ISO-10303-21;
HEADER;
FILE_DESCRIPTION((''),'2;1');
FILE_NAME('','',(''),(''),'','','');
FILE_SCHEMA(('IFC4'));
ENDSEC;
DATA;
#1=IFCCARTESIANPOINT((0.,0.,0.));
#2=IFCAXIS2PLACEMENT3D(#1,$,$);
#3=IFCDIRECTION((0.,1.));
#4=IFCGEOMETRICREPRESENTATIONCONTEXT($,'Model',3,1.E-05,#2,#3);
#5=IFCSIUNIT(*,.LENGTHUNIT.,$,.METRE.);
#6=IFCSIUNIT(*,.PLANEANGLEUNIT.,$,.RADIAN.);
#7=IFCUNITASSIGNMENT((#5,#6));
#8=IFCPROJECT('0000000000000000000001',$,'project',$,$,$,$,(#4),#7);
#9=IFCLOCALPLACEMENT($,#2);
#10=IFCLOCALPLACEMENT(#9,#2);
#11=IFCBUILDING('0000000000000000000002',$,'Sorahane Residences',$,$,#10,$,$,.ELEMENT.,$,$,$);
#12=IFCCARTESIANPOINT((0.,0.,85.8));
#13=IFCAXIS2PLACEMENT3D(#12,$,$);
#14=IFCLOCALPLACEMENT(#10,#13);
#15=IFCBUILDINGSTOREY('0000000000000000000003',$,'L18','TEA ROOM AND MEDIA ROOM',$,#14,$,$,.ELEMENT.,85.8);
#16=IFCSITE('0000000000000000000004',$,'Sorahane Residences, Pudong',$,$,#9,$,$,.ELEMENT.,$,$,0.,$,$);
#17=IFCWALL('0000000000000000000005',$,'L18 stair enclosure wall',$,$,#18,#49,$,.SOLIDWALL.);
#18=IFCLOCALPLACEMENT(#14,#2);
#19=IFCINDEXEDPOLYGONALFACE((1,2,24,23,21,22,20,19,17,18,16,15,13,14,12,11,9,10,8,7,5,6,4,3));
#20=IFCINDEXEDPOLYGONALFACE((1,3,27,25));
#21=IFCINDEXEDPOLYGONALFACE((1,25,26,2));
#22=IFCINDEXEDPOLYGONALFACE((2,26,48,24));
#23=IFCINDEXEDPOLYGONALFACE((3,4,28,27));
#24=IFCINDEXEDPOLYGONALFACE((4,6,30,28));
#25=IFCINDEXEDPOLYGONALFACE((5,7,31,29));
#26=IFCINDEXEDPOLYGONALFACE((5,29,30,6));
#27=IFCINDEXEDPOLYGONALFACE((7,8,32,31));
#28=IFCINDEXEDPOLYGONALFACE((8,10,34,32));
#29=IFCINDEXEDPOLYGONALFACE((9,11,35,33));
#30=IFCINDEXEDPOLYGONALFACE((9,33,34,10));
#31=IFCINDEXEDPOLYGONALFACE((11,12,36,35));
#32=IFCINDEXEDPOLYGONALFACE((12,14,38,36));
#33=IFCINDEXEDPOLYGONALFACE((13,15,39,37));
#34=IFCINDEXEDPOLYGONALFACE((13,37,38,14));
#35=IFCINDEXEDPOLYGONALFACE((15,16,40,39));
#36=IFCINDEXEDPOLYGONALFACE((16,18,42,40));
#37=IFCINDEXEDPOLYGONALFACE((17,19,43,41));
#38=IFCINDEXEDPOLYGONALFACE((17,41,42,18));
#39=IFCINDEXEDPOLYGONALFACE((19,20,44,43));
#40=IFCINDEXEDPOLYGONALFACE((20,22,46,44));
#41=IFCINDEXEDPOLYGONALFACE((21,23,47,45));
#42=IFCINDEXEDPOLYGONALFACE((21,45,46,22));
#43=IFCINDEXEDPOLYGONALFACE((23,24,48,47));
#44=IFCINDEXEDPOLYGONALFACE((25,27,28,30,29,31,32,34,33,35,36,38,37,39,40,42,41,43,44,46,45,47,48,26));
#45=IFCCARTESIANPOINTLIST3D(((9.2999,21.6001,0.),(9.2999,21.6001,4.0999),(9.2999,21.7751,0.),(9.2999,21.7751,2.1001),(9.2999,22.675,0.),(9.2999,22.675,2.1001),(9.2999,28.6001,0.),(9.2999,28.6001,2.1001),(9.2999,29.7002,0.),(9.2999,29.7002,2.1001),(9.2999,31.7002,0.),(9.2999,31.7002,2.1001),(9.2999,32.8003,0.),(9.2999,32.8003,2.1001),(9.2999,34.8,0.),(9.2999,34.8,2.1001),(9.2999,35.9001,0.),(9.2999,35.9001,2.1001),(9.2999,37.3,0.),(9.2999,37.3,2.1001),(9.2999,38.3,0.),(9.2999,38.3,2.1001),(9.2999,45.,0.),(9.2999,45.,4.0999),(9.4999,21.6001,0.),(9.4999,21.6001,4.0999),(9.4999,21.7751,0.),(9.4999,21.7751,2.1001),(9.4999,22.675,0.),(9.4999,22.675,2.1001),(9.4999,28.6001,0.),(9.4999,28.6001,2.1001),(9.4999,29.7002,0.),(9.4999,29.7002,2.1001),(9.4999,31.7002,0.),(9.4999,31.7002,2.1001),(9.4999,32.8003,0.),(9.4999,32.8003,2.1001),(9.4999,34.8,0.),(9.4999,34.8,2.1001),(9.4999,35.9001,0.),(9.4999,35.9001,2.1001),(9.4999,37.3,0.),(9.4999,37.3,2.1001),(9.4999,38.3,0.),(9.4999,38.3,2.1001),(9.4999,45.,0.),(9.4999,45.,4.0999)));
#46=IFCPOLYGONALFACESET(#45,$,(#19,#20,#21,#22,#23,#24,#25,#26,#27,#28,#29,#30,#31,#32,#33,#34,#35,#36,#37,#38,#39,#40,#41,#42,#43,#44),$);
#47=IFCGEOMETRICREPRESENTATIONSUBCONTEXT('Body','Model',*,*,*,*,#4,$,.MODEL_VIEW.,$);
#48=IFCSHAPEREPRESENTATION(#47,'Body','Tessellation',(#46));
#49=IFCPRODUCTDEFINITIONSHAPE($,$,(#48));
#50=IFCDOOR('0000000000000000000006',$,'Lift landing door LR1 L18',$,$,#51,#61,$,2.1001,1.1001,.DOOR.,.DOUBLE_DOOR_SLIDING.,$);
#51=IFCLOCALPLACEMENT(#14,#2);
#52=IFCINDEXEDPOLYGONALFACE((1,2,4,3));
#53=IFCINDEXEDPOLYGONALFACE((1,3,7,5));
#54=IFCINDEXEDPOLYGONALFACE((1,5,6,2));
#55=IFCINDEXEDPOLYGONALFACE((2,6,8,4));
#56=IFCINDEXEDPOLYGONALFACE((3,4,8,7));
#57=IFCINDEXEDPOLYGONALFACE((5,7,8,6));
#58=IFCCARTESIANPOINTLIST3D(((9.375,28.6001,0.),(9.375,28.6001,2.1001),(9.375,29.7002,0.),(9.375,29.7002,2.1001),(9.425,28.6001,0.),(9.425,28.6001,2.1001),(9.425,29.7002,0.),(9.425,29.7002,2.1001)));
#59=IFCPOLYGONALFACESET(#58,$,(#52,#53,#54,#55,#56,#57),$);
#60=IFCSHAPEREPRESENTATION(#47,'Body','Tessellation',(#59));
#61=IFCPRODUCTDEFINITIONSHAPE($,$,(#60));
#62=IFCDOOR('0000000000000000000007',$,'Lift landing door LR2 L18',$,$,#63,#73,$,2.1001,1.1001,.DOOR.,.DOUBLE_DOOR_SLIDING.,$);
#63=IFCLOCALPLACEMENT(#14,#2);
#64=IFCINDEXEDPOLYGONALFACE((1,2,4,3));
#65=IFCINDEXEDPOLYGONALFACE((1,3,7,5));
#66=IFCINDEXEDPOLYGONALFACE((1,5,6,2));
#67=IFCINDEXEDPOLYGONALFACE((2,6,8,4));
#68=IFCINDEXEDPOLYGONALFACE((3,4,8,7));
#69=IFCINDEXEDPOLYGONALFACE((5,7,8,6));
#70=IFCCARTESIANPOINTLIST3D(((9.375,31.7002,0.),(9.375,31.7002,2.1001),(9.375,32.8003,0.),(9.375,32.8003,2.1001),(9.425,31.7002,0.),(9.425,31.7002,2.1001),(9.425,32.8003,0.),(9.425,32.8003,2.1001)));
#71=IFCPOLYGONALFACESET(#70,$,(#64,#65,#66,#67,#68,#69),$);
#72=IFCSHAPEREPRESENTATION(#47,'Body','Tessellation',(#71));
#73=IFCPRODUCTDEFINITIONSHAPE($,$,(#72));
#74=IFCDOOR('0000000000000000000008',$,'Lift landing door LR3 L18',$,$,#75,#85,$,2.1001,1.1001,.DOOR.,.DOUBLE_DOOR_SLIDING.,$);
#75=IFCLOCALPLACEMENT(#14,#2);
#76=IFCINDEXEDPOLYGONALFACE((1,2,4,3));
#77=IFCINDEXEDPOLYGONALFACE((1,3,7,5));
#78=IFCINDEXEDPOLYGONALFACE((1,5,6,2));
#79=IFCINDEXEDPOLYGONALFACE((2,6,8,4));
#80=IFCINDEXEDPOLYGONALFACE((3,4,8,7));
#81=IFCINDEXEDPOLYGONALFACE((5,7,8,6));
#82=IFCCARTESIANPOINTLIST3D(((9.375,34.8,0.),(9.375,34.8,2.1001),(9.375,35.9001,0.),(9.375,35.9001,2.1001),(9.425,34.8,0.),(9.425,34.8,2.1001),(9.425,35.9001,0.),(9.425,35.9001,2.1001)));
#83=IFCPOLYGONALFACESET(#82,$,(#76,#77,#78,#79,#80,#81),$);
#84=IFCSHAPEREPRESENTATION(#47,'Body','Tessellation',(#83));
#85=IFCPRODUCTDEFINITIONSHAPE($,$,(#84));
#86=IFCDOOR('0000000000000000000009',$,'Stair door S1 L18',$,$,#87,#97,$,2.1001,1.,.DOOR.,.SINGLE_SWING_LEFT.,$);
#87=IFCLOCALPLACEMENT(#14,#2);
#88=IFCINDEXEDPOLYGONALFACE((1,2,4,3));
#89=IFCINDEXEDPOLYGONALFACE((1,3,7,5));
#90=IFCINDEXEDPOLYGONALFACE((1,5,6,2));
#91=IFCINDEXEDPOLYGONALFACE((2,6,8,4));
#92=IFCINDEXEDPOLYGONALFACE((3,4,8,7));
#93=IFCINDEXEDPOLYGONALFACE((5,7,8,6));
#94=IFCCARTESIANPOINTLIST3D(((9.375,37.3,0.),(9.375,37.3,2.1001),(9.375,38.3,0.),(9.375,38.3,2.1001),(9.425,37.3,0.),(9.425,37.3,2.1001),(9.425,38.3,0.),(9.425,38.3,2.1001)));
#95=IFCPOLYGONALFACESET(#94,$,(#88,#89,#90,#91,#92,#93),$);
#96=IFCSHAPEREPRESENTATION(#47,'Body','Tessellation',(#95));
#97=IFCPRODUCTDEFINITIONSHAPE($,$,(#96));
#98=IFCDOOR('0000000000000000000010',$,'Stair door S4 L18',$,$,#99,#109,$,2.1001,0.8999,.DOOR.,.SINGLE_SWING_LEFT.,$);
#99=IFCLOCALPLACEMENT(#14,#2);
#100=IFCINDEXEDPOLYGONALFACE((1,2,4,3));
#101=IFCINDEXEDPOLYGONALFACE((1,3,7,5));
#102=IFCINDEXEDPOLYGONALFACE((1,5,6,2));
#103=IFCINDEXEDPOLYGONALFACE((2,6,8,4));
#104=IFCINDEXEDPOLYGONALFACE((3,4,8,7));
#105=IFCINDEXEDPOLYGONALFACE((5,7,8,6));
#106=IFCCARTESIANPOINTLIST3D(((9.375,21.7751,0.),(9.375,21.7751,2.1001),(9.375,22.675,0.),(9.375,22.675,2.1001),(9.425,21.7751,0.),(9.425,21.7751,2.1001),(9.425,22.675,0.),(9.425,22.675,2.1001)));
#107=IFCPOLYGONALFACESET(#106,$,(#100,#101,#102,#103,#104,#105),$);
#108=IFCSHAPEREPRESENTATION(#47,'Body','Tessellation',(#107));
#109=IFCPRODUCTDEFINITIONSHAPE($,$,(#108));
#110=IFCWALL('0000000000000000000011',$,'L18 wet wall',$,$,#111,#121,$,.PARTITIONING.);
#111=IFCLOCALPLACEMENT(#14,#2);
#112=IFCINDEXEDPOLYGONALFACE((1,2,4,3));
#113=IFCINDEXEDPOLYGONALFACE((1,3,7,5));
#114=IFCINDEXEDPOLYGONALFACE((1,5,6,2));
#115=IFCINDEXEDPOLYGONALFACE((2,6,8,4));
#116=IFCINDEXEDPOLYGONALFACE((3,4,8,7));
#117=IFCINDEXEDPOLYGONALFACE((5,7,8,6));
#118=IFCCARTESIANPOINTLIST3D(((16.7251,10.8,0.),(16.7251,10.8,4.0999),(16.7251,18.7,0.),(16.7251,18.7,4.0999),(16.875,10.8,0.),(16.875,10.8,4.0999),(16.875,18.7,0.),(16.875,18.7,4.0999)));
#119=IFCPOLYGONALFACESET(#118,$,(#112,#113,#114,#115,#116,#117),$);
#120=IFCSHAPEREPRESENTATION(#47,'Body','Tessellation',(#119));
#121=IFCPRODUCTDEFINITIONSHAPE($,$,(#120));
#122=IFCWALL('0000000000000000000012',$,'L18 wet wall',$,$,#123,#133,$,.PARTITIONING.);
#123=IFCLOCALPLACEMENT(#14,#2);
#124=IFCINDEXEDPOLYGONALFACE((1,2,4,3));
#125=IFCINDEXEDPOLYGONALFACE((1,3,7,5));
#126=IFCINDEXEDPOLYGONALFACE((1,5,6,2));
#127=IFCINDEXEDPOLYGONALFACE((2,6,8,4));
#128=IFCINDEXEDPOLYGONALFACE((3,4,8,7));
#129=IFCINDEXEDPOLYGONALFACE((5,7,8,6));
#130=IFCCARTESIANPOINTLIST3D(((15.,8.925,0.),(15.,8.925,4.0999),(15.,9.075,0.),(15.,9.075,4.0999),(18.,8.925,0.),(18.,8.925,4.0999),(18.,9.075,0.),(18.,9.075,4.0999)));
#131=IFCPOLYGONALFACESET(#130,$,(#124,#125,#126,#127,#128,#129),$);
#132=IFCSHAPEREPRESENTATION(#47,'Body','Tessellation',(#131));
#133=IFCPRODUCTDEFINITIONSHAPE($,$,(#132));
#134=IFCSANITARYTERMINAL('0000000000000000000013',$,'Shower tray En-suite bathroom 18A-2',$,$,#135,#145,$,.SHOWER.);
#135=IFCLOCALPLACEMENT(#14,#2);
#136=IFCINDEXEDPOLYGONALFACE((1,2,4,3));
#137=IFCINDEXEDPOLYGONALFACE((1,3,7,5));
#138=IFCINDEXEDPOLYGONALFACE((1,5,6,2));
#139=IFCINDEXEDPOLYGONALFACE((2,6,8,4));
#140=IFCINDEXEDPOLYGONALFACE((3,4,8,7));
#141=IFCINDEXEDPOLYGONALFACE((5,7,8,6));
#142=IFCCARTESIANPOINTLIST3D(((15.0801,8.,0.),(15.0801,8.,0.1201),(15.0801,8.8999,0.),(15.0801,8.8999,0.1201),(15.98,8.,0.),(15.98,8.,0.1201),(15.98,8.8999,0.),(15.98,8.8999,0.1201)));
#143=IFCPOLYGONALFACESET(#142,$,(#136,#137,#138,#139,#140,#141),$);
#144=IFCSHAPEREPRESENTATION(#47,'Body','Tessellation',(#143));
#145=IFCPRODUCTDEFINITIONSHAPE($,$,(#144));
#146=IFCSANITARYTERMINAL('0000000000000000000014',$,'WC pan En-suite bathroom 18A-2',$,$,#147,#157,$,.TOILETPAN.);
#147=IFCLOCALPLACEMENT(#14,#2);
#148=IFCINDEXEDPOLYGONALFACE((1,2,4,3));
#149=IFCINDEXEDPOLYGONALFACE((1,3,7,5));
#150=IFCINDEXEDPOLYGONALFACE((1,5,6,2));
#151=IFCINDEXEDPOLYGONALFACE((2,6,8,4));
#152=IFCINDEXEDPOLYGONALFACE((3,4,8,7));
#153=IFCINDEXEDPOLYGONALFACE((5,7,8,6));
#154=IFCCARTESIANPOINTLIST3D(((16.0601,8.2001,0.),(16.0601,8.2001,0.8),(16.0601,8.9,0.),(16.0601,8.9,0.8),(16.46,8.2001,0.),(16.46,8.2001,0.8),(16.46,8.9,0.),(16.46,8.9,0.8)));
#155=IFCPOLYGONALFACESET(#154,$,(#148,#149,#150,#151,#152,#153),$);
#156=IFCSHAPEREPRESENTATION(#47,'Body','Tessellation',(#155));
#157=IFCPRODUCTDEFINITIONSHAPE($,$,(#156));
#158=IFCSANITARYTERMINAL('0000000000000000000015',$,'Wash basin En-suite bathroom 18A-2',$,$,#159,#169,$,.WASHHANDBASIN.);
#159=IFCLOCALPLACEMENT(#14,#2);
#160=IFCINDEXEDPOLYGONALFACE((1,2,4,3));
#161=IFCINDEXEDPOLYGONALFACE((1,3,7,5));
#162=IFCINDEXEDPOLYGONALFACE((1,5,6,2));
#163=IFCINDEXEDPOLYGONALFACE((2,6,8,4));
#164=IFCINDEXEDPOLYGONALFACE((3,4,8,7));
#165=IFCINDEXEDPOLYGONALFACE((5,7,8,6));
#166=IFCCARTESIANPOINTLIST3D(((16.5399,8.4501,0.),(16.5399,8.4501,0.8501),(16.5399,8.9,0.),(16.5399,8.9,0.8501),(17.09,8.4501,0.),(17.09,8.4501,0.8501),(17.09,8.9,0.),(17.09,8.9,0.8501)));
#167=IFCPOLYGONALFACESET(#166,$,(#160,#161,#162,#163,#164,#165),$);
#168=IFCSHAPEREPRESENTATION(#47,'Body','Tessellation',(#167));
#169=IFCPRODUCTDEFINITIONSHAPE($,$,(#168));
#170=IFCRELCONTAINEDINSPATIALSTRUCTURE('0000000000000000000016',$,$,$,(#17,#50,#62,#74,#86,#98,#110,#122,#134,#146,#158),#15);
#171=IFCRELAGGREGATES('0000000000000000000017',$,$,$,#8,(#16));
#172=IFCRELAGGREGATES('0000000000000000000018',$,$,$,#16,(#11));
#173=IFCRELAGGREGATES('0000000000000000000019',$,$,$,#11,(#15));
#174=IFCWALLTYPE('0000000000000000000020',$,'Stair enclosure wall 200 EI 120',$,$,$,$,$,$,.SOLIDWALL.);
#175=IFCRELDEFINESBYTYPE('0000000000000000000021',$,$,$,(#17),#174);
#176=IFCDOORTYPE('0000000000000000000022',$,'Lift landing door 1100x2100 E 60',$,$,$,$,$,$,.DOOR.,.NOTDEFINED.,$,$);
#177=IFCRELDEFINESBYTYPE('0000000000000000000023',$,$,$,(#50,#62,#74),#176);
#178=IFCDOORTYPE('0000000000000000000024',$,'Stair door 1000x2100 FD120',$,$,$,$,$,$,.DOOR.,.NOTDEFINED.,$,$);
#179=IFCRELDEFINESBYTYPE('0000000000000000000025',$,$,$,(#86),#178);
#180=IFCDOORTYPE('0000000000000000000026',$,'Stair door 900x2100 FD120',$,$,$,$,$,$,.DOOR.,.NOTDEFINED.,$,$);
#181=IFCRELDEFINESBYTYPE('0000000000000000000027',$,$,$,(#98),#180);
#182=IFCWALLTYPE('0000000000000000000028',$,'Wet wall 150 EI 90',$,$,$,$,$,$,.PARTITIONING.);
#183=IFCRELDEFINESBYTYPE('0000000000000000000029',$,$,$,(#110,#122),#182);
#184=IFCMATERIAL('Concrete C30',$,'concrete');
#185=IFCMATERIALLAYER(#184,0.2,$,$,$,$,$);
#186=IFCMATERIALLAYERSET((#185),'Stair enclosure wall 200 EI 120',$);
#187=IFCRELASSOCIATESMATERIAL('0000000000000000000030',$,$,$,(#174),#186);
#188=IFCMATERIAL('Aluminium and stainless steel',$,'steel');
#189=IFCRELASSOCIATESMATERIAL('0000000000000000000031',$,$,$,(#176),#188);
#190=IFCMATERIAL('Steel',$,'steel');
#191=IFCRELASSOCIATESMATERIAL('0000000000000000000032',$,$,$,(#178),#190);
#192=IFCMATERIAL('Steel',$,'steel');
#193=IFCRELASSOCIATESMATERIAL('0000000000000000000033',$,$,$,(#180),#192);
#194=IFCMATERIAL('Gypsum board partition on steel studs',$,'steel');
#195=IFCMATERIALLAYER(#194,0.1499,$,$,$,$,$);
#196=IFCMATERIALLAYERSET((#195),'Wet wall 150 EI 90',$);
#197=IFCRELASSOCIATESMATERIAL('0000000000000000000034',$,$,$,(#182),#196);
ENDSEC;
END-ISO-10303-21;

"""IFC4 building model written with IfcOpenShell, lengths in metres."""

from ifc_helpers import new_model, si_unit, direction, frame, frame_2d, origin, origin_2d, place, context, subcontext, project, spatial, rectangle, extrude, material, layer, layer_set, type_object, element, fill, save


model = new_model("IFC4")

# Units and contexts
model_context = context("Model", 3, precision=1e-05, world=origin(), true_north=direction((0.0, 1.0)))
body_context = subcontext(model_context, "Body", "Model", "MODEL_VIEW")
ifc_project = project(units=[si_unit("LENGTHUNIT", "METRE"), si_unit("PLANEANGLEUNIT", "RADIAN")], contexts=[model_context])

# Site, building, storey
site_placement = place(None, origin())
site = spatial("IfcSite", under=ifc_project, at=site_placement, Name="Sorahane Residences, Pudong", CompositionType="ELEMENT", RefElevation=0.0)
building_placement = place(site_placement, origin())
building = spatial("IfcBuilding", under=site, at=building_placement, Name="Sorahane Residences", CompositionType="ELEMENT")
storey_placement = place(building_placement, frame((0.0, 0.0, 85.8)))
storey = spatial("IfcBuildingStorey", under=building, at=storey_placement, Name="L18", Description="TEA ROOM AND MEDIA ROOM", CompositionType="ELEMENT", Elevation=85.8)

# Wall, openings, doors
ifc_material_1 = material(Name="Concrete C30", Category="concrete")
ifc_layer_1 = layer(ifc_material_1, 0.2)
ifc_layer_set_1 = layer_set([ifc_layer_1], Name="Stair enclosure wall 200 EI 120")
wall_type_1 = type_object("IfcWallType", Name="Stair enclosure wall 200 EI 120", PredefinedType="SOLIDWALL", material=ifc_layer_set_1)
wall_1_placement = place(storey_placement, frame((9.3999, 21.6001, 0.0), z_axis=(0.0, 0.0, 1.0), x_axis=(0.0, 1.0, 0.0)))
wall_1 = element("IfcWall", 1, at=wall_1_placement, inside=storey, type_object=wall_type_1, Name="L18 stair enclosure wall", PredefinedType="SOLIDWALL", context=body_context, shape_type="SweptSolid", body=[
    extrude(rectangle(XDim=23.3999, YDim=0.2, at=frame_2d((11.7, 0.0))), origin(), (0.0, 0.0, 1.0), 4.0999),
])
opening_1_placement = place(wall_1_placement, frame((7.0, 0.0, 0.0)))
opening_1 = element("IfcOpeningElement", 2, at=opening_1_placement, cuts=wall_1, PredefinedType="OPENING", context=body_context, shape_type="SweptSolid", body=[
    extrude(rectangle(XDim=1.1001, YDim=2.1001, at=frame_2d((0.55, 1.05))), frame((0.0, 0.1099, 0.0), z_axis=(0.0, -1.0, 0.0), x_axis=(1.0, 0.0, 0.0)), (0.0, 0.0, 1.0), 0.22),
])
opening_2_placement = place(wall_1_placement, frame((10.1001, 0.0, 0.0)))
opening_2 = element("IfcOpeningElement", 3, at=opening_2_placement, cuts=wall_1, PredefinedType="OPENING", context=body_context, shape_type="SweptSolid", body=[
    extrude(rectangle(XDim=1.1001, YDim=2.1001, at=frame_2d((0.55, 1.05))), frame((0.0, 0.1099, 0.0), z_axis=(0.0, -1.0, 0.0), x_axis=(1.0, 0.0, 0.0)), (0.0, 0.0, 1.0), 0.22),
])
opening_3_placement = place(wall_1_placement, frame((13.2, 0.0, 0.0)))
opening_3 = element("IfcOpeningElement", 4, at=opening_3_placement, cuts=wall_1, PredefinedType="OPENING", context=body_context, shape_type="SweptSolid", body=[
    extrude(rectangle(XDim=1.1001, YDim=2.1001, at=frame_2d((0.55, 1.05))), frame((0.0, 0.1099, 0.0), z_axis=(0.0, -1.0, 0.0), x_axis=(1.0, 0.0, 0.0)), (0.0, 0.0, 1.0), 0.22),
])
opening_4_placement = place(wall_1_placement, frame((15.7, 0.0, 0.0)))
opening_4 = element("IfcOpeningElement", 5, at=opening_4_placement, cuts=wall_1, PredefinedType="OPENING", context=body_context, shape_type="SweptSolid", body=[
    extrude(rectangle(XDim=1.0, YDim=2.1001, at=frame_2d((0.5, 1.05))), frame((0.0, 0.1099, 0.0), z_axis=(0.0, -1.0, 0.0), x_axis=(1.0, 0.0, 0.0)), (0.0, 0.0, 1.0), 0.22),
])
opening_5_placement = place(wall_1_placement, frame((0.175, 0.0, 0.0)))
opening_5 = element("IfcOpeningElement", 6, at=opening_5_placement, cuts=wall_1, PredefinedType="OPENING", context=body_context, shape_type="SweptSolid", body=[
    extrude(rectangle(XDim=0.8999, YDim=2.1001, at=frame_2d((0.45, 1.05))), frame((0.0, 0.1099, 0.0), z_axis=(0.0, -1.0, 0.0), x_axis=(1.0, 0.0, 0.0)), (0.0, 0.0, 1.0), 0.22),
])
ifc_material_2 = material(Name="Aluminium and stainless steel", Category="steel")
door_type_1 = type_object("IfcDoorType", Name="Lift landing door 1100x2100 E 60", OperationType="NOTDEFINED", PredefinedType="DOOR", material=ifc_material_2)
door_1_placement = place(opening_1_placement, origin())
door_1 = element("IfcDoor", 7, at=door_1_placement, inside=storey, type_object=door_type_1, Name="Lift landing door LR1 L18", OperationType="DOUBLE_DOOR_SLIDING", OverallHeight=2.1001, OverallWidth=1.1001, PredefinedType="DOOR", context=body_context, shape_type="SweptSolid", body=[
    extrude(rectangle(XDim=1.1001, YDim=2.1001, at=frame_2d((0.55, 1.05))), frame((0.0, 0.0249, 0.0), z_axis=(0.0, -1.0, 0.0), x_axis=(1.0, 0.0, 0.0)), (0.0, 0.0, 1.0), 0.05),
])
fill(opening_1, door_1)
door_2_placement = place(opening_2_placement, origin())
door_2 = element("IfcDoor", 8, at=door_2_placement, inside=storey, type_object=door_type_1, Name="Lift landing door LR2 L18", OperationType="DOUBLE_DOOR_SLIDING", OverallHeight=2.1001, OverallWidth=1.1001, PredefinedType="DOOR", context=body_context, shape_type="SweptSolid", body=[
    extrude(rectangle(XDim=1.1001, YDim=2.1001, at=frame_2d((0.55, 1.05))), frame((0.0, 0.0249, 0.0), z_axis=(0.0, -1.0, 0.0), x_axis=(1.0, 0.0, 0.0)), (0.0, 0.0, 1.0), 0.05),
])
fill(opening_2, door_2)
door_3_placement = place(opening_3_placement, origin())
door_3 = element("IfcDoor", 9, at=door_3_placement, inside=storey, type_object=door_type_1, Name="Lift landing door LR3 L18", OperationType="DOUBLE_DOOR_SLIDING", OverallHeight=2.1001, OverallWidth=1.1001, PredefinedType="DOOR", context=body_context, shape_type="SweptSolid", body=[
    extrude(rectangle(XDim=1.1001, YDim=2.1001, at=frame_2d((0.55, 1.05))), frame((0.0, 0.0249, 0.0), z_axis=(0.0, -1.0, 0.0), x_axis=(1.0, 0.0, 0.0)), (0.0, 0.0, 1.0), 0.05),
])
fill(opening_3, door_3)
ifc_material_3 = material(Name="Steel", Category="steel")
door_type_2 = type_object("IfcDoorType", Name="Stair door 1000x2100 FD120", OperationType="NOTDEFINED", PredefinedType="DOOR", material=ifc_material_3)
door_4_placement = place(opening_4_placement, origin())
door_4 = element("IfcDoor", 10, at=door_4_placement, inside=storey, type_object=door_type_2, Name="Stair door S1 L18", OperationType="SINGLE_SWING_LEFT", OverallHeight=2.1001, OverallWidth=1.0, PredefinedType="DOOR", context=body_context, shape_type="SweptSolid", body=[
    extrude(rectangle(XDim=1.0, YDim=2.1001, at=frame_2d((0.5, 1.05))), frame((0.0, 0.0249, 0.0), z_axis=(0.0, -1.0, 0.0), x_axis=(1.0, 0.0, 0.0)), (0.0, 0.0, 1.0), 0.05),
])
fill(opening_4, door_4)
ifc_material_4 = material(Name="Steel", Category="steel")
door_type_3 = type_object("IfcDoorType", Name="Stair door 900x2100 FD120", OperationType="NOTDEFINED", PredefinedType="DOOR", material=ifc_material_4)
door_5_placement = place(opening_5_placement, origin())
door_5 = element("IfcDoor", 11, at=door_5_placement, inside=storey, type_object=door_type_3, Name="Stair door S4 L18", OperationType="SINGLE_SWING_LEFT", OverallHeight=2.1001, OverallWidth=0.8999, PredefinedType="DOOR", context=body_context, shape_type="SweptSolid", body=[
    extrude(rectangle(XDim=0.8999, YDim=2.1001, at=frame_2d((0.45, 1.05))), frame((0.0, 0.0249, 0.0), z_axis=(0.0, -1.0, 0.0), x_axis=(1.0, 0.0, 0.0)), (0.0, 0.0, 1.0), 0.05),
])
fill(opening_5, door_5)

# Wall
ifc_material_5 = material(Name="Gypsum board partition on steel studs", Category="steel")
ifc_layer_2 = layer(ifc_material_5, 0.1499)
ifc_layer_set_2 = layer_set([ifc_layer_2], Name="Wet wall 150 EI 90")
wall_type_2 = type_object("IfcWallType", Name="Wet wall 150 EI 90", PredefinedType="PARTITIONING", material=ifc_layer_set_2)
wall_2_placement = place(storey_placement, frame((16.8, 10.8, 0.0), z_axis=(0.0, 0.0, 1.0), x_axis=(0.0, 1.0, 0.0)))
element("IfcWall", 12, at=wall_2_placement, inside=storey, type_object=wall_type_2, Name="L18 wet wall", PredefinedType="PARTITIONING", context=body_context, shape_type="SweptSolid", body=[
    extrude(rectangle(XDim=7.8999, YDim=0.1499, at=frame_2d((3.95, 0.0))), origin(), (0.0, 0.0, 1.0), 4.0999),
])

# Wall
wall_3_placement = place(storey_placement, frame((15.0, 9.0, 0.0), z_axis=(0.0, 0.0, 1.0), x_axis=(1.0, 0.0, 0.0)))
element("IfcWall", 13, at=wall_3_placement, inside=storey, type_object=wall_type_2, Name="L18 wet wall", PredefinedType="PARTITIONING", context=body_context, shape_type="SweptSolid", body=[
    extrude(rectangle(XDim=3.0, YDim=0.1499, at=frame_2d((1.5, 0.0))), origin(), (0.0, 0.0, 1.0), 4.0999),
])

# Sanitary terminals
sanitary_terminal_1_placement = place(storey_placement, frame((15.53, 8.45, 0.0), z_axis=(0.0, 0.0, 1.0), x_axis=(1.0, 0.0, 0.0)))
element("IfcSanitaryTerminal", 14, at=sanitary_terminal_1_placement, inside=storey, Name="Shower tray En-suite bathroom 18A-2", PredefinedType="SHOWER", context=body_context, shape_type="SweptSolid", body=[
    extrude(rectangle(XDim=0.8999, YDim=0.8999, at=origin_2d()), origin(), (0.0, 0.0, 1.0), 0.1201),
])
sanitary_terminal_2_placement = place(storey_placement, frame((16.26, 8.55, 0.0), z_axis=(0.0, 0.0, 1.0), x_axis=(1.0, 0.0, 0.0)))
element("IfcSanitaryTerminal", 15, at=sanitary_terminal_2_placement, inside=storey, Name="WC pan En-suite bathroom 18A-2", PredefinedType="TOILETPAN", context=body_context, shape_type="SweptSolid", body=[
    extrude(rectangle(XDim=0.3999, YDim=0.7, at=origin_2d()), origin(), (0.0, 0.0, 1.0), 0.8),
])
sanitary_terminal_3_placement = place(storey_placement, frame((16.8149, 8.675, 0.0), z_axis=(0.0, 0.0, 1.0), x_axis=(1.0, 0.0, 0.0)))
element("IfcSanitaryTerminal", 16, at=sanitary_terminal_3_placement, inside=storey, Name="Wash basin En-suite bathroom 18A-2", PredefinedType="WASHHANDBASIN", context=body_context, shape_type="SweptSolid", body=[
    extrude(rectangle(XDim=0.55, YDim=0.45, at=origin_2d()), origin(), (0.0, 0.0, 1.0), 0.8501),
])

save(model, "model.ifc")
